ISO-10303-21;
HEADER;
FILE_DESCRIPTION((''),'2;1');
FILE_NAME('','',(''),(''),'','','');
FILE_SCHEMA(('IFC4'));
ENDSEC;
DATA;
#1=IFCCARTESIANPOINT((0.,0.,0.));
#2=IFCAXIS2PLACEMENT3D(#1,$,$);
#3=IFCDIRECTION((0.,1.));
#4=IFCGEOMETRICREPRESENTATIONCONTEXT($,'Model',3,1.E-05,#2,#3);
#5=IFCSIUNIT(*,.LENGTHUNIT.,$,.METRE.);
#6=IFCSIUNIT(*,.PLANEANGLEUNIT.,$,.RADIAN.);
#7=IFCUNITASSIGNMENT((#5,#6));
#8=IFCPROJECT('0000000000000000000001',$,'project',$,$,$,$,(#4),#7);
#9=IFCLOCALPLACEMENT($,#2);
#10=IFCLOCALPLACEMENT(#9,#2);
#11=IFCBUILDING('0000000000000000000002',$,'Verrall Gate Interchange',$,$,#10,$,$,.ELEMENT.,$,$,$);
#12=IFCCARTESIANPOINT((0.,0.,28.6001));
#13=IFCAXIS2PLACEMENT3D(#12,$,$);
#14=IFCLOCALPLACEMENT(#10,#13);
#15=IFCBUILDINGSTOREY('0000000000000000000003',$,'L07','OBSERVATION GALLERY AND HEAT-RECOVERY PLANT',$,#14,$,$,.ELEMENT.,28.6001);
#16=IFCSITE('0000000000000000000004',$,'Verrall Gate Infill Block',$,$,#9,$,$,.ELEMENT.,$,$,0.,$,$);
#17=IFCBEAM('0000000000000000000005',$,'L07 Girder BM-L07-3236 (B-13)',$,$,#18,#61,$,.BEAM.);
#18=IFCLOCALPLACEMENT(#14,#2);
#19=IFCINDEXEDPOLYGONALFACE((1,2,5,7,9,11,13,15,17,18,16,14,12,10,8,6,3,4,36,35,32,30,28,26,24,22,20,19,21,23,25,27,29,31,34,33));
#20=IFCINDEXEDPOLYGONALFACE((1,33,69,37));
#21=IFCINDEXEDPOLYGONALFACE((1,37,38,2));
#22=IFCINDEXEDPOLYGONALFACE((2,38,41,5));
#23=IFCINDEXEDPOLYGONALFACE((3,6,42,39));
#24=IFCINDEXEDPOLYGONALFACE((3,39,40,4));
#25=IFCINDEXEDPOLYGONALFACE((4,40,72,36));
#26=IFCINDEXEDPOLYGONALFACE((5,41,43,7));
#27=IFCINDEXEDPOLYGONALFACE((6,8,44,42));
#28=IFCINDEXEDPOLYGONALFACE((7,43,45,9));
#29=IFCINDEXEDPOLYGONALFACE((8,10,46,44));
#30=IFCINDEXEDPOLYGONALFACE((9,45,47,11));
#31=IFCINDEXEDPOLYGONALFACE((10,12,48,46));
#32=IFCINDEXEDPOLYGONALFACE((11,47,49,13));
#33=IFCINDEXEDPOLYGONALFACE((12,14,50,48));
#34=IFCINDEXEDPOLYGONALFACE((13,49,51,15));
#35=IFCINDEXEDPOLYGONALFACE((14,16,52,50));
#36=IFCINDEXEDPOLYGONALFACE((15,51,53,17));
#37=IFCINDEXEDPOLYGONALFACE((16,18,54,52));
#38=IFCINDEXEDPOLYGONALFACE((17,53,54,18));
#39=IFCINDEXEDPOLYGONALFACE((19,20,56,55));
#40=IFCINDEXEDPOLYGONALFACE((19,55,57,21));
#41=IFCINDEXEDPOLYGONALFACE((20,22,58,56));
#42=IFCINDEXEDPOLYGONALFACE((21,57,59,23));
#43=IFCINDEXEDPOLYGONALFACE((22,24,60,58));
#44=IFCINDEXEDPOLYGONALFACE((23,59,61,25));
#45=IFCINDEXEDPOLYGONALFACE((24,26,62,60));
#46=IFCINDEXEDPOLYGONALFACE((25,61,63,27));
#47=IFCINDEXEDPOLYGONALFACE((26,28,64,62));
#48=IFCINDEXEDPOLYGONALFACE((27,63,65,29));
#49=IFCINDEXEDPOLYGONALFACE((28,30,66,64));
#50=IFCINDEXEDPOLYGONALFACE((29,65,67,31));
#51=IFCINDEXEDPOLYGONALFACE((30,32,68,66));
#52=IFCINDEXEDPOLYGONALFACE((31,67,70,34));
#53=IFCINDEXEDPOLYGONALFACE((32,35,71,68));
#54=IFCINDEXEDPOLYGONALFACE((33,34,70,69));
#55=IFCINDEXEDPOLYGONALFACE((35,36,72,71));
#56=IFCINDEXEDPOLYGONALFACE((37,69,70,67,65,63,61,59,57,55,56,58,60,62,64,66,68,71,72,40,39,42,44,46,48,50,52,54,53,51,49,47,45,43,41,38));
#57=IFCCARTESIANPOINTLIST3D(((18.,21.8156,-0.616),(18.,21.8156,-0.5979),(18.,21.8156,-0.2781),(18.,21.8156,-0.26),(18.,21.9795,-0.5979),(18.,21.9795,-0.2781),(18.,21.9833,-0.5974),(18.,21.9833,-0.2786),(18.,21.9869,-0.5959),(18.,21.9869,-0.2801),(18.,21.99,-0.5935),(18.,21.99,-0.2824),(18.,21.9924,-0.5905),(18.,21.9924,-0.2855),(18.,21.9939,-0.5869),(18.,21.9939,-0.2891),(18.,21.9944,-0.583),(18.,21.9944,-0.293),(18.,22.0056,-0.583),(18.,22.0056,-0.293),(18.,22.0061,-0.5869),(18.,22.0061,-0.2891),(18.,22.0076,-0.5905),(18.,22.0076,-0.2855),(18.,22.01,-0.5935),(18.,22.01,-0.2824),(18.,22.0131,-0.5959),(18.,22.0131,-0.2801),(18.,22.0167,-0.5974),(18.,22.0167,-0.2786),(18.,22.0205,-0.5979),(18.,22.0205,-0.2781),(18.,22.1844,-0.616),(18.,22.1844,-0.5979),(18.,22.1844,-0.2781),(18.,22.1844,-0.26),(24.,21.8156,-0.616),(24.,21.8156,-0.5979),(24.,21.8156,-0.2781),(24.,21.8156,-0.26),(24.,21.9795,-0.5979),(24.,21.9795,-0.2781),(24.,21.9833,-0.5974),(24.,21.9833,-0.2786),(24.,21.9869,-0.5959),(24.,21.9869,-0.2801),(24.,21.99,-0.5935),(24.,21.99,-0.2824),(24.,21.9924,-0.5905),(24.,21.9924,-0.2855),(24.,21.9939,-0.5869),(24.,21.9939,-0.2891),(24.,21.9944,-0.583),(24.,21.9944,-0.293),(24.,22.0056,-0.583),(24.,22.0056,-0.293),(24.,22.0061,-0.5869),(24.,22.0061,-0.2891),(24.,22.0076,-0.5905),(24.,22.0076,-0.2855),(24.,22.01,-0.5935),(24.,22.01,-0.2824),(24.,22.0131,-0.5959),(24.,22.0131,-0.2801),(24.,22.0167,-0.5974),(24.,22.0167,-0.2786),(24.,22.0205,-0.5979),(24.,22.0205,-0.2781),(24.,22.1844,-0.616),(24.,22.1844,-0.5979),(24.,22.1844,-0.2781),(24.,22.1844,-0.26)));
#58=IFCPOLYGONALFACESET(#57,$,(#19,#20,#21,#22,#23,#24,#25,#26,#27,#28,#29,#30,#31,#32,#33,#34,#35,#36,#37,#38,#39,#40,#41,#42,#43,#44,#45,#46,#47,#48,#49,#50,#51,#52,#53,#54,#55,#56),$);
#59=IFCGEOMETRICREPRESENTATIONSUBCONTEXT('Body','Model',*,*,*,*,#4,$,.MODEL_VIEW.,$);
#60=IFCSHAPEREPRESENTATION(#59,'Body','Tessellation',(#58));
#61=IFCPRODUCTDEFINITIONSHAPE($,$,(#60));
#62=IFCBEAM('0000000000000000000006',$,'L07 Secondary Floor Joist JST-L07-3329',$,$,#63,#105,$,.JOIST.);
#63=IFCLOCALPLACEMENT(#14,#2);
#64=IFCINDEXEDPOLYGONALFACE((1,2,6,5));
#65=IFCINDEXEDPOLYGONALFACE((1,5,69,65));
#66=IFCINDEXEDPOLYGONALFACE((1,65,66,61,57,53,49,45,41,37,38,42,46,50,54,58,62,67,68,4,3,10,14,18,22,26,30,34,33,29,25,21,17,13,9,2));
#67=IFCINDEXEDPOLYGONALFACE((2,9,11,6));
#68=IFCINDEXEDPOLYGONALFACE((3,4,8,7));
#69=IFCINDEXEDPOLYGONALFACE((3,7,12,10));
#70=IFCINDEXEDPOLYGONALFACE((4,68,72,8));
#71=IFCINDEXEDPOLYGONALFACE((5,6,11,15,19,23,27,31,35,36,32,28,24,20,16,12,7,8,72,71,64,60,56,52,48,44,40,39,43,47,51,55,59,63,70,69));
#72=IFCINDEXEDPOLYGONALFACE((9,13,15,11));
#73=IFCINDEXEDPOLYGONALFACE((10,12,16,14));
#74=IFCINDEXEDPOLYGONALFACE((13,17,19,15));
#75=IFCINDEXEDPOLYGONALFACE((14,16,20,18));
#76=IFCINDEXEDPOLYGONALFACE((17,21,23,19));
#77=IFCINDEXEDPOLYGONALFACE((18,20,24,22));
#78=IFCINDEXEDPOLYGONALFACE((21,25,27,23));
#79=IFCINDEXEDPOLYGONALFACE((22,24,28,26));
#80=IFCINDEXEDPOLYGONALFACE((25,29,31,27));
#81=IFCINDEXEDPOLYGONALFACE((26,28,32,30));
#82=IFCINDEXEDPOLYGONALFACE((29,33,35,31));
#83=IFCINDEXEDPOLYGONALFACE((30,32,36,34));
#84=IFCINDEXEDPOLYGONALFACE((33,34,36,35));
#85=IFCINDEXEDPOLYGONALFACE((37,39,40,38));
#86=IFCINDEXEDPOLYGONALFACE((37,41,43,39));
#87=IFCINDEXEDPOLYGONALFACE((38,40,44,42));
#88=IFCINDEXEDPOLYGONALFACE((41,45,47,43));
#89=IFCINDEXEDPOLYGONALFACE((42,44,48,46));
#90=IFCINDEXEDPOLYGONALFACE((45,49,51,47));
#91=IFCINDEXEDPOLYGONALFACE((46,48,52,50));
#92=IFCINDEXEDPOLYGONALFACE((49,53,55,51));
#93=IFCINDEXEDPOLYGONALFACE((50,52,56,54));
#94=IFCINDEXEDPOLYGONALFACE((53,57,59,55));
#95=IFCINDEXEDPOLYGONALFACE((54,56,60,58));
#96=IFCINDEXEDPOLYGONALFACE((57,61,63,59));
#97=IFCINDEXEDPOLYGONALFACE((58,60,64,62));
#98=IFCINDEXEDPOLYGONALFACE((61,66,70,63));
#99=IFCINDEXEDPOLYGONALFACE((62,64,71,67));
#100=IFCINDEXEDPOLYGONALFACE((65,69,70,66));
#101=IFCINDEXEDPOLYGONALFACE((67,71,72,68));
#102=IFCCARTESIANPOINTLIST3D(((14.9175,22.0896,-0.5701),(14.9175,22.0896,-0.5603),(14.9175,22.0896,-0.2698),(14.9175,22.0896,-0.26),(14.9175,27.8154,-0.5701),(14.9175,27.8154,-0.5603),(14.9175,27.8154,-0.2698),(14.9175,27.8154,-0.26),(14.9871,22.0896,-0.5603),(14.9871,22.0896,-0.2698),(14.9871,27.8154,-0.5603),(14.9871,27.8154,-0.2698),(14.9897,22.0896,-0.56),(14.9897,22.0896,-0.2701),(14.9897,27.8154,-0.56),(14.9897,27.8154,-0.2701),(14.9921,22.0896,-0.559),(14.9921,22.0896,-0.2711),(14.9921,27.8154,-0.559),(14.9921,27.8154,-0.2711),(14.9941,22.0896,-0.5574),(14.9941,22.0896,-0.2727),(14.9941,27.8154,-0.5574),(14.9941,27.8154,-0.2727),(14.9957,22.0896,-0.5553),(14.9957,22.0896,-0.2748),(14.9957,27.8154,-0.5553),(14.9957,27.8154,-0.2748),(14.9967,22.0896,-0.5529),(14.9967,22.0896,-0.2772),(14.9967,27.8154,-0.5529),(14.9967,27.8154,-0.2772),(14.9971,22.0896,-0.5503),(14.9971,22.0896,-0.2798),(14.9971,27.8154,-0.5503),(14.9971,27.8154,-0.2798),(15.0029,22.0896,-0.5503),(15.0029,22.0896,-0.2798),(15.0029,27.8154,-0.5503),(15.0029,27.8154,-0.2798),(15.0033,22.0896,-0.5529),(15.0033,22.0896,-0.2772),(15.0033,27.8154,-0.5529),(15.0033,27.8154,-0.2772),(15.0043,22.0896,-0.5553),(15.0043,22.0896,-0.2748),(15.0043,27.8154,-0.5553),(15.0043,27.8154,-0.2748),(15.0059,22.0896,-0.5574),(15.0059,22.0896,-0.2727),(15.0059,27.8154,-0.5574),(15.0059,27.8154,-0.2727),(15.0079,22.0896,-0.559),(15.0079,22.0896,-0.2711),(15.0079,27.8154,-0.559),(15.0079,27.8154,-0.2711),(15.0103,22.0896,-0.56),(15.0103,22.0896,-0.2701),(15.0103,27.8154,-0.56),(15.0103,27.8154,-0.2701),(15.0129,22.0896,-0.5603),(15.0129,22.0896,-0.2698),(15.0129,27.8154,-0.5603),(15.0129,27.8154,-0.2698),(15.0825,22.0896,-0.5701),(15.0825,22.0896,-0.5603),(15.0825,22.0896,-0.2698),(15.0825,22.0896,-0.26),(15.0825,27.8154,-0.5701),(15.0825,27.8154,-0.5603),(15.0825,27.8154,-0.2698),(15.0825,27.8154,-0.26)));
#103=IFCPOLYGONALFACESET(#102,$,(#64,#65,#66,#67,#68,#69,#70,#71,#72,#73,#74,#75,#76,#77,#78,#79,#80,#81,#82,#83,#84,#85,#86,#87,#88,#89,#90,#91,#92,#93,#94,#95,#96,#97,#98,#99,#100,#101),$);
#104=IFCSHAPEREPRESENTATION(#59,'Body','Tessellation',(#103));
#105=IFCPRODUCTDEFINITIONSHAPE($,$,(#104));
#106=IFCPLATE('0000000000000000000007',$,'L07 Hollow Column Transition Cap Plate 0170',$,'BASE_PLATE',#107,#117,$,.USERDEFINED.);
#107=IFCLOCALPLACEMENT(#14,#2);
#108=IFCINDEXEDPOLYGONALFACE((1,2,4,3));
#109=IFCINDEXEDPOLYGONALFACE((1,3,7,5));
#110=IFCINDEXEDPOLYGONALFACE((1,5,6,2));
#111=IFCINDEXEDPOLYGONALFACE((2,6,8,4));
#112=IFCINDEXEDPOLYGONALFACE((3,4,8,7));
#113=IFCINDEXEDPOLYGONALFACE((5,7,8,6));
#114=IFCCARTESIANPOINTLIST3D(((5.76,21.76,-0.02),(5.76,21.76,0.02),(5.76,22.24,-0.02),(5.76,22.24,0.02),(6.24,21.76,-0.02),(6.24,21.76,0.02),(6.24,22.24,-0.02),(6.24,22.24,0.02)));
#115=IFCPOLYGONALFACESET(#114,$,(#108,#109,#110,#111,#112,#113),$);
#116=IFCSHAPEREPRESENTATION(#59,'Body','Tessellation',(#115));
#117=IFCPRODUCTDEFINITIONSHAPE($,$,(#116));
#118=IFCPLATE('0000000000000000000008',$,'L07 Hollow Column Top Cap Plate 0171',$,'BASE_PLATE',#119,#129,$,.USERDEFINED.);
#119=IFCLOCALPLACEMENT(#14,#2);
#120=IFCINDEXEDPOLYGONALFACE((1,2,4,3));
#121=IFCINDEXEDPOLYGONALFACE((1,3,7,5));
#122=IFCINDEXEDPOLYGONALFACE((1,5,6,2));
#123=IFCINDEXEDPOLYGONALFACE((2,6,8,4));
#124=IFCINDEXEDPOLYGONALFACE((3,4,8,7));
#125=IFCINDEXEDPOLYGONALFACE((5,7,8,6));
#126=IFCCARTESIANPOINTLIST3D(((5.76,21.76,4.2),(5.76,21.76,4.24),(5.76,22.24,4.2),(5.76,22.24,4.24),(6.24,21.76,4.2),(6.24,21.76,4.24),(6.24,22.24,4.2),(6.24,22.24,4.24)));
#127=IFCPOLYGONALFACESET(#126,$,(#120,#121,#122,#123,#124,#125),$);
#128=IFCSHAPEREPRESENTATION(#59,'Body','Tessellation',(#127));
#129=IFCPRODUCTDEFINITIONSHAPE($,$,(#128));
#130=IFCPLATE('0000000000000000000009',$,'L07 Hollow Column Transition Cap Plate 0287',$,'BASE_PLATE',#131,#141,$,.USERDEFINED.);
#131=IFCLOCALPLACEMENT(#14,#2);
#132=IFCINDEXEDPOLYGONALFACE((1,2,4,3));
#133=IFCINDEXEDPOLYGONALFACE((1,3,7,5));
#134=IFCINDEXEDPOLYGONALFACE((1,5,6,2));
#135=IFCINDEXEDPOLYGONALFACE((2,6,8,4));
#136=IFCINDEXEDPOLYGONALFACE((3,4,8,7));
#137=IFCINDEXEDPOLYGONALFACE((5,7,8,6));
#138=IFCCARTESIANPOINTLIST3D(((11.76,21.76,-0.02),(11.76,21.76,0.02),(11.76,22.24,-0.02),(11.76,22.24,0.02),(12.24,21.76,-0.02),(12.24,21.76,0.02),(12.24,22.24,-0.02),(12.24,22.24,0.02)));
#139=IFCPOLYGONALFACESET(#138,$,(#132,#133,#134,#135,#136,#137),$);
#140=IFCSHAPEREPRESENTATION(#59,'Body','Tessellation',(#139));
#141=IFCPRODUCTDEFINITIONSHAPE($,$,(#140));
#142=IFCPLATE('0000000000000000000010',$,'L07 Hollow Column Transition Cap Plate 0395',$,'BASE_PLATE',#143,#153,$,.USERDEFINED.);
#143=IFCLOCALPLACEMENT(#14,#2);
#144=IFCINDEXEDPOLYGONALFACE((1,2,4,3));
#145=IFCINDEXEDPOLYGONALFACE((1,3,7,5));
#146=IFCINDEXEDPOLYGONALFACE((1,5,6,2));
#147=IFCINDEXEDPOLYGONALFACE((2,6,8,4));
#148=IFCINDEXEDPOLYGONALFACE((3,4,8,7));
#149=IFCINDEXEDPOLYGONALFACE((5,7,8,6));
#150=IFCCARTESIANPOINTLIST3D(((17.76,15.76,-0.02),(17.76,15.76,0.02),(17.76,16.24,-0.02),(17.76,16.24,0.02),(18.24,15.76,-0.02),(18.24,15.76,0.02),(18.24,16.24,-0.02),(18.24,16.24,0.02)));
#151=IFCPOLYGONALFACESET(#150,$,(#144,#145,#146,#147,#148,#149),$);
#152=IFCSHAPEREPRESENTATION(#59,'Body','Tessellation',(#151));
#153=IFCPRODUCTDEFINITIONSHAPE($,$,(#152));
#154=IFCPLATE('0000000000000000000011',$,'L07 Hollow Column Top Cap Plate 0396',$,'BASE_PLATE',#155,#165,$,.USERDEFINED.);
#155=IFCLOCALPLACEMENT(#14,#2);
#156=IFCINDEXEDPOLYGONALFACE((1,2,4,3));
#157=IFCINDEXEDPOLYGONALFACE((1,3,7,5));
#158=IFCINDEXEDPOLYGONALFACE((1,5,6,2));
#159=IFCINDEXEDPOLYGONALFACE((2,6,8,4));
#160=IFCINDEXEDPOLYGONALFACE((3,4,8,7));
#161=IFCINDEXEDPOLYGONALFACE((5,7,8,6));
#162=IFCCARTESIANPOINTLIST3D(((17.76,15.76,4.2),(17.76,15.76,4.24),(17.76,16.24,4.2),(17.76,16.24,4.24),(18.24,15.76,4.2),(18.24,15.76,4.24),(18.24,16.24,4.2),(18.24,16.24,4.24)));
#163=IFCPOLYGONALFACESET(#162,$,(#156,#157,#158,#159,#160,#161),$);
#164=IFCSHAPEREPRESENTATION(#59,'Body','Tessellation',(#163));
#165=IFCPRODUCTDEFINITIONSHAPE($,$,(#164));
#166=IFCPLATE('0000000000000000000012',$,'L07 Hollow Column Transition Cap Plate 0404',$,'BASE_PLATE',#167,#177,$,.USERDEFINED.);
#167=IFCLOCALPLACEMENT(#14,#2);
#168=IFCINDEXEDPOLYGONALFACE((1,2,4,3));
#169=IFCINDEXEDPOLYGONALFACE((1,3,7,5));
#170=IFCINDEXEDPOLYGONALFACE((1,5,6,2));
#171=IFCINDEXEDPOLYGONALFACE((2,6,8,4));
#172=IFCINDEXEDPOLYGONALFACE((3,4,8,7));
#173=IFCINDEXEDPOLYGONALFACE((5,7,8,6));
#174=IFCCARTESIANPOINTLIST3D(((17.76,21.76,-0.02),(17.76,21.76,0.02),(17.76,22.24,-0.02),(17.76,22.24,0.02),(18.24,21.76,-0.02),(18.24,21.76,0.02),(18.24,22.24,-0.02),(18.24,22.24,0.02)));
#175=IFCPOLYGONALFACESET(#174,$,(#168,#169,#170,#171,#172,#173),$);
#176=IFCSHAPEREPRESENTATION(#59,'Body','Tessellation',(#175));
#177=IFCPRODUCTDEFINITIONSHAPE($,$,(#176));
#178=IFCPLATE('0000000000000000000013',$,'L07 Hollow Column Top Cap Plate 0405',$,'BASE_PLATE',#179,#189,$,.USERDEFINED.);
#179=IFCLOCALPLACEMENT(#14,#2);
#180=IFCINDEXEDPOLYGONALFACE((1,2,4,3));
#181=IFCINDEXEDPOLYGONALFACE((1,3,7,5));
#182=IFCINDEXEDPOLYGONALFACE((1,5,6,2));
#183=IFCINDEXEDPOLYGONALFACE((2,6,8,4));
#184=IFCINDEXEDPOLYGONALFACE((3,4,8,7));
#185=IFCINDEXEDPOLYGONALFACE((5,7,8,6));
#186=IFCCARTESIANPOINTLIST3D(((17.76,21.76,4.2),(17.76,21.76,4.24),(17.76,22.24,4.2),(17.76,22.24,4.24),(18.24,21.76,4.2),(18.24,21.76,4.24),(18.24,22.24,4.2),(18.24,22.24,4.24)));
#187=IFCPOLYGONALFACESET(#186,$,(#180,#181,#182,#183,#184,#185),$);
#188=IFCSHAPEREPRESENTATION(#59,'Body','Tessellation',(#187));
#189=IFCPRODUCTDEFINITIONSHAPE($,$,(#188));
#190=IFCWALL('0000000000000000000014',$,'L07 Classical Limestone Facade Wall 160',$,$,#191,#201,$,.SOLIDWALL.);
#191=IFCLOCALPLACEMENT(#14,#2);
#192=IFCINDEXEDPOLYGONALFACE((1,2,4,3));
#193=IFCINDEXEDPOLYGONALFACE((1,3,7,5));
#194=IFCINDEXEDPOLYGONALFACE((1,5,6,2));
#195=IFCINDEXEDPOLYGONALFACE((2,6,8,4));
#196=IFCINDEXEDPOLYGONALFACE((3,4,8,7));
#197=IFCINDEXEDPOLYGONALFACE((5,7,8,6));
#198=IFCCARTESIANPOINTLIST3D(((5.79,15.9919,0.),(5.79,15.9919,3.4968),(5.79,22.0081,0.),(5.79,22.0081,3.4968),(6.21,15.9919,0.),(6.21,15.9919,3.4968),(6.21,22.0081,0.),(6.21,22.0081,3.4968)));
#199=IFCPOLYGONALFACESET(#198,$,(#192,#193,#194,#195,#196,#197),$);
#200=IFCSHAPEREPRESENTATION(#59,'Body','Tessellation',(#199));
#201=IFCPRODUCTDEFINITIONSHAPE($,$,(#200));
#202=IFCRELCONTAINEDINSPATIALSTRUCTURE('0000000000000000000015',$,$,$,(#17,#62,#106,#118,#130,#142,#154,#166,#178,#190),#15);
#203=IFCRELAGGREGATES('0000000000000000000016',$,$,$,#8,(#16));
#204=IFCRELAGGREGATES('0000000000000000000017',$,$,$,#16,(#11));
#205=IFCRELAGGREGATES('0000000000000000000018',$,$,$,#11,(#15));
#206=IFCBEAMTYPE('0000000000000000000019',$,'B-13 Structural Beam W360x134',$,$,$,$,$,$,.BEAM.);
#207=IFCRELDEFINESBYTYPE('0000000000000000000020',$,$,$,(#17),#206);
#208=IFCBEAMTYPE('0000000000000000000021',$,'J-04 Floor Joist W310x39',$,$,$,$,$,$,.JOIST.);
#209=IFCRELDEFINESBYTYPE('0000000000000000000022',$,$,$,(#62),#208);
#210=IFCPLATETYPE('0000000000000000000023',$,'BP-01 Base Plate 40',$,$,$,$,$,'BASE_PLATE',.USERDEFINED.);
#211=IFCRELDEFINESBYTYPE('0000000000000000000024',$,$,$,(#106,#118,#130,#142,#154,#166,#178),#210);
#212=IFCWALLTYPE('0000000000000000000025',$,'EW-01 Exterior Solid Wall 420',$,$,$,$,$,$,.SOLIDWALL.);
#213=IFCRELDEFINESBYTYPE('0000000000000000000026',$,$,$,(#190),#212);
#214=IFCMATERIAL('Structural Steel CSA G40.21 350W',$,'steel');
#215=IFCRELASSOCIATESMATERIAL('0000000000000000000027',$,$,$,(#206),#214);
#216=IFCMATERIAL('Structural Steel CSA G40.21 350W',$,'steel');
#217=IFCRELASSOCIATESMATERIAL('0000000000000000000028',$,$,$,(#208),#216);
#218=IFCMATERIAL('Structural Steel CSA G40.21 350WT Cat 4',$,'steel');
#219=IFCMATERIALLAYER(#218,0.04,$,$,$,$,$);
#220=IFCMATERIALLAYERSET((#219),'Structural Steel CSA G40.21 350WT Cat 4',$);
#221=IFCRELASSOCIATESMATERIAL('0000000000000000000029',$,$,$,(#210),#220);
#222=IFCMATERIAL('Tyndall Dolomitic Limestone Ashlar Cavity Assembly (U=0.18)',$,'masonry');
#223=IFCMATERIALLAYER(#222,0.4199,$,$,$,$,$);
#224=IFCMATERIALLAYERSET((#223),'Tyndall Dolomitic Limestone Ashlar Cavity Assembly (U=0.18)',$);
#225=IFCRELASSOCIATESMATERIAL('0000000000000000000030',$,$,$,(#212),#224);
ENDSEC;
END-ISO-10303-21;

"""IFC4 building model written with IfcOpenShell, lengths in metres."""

from ifc_helpers import new_model, si_unit, direction, frame, frame_2d, origin, origin_2d, place, context, subcontext, project, spatial, rectangle, i_section, extrude, material, layer, layer_set, material_profile, profile_set, type_object, element, save


model = new_model("IFC4")

# Units and contexts
model_context = context("Model", 3, precision=1e-05, world=origin(), true_north=direction((0.0, 1.0)))
body_context = subcontext(model_context, "Body", "Model", "MODEL_VIEW")
ifc_project = project(units=[si_unit("LENGTHUNIT", "METRE"), si_unit("PLANEANGLEUNIT", "RADIAN")], contexts=[model_context])

# Site, building, storey
site_placement = place(None, origin())
site = spatial("IfcSite", under=ifc_project, at=site_placement, Name="Verrall Gate Infill Block", CompositionType="ELEMENT", RefElevation=0.0)
building_placement = place(site_placement, origin())
building = spatial("IfcBuilding", under=site, at=building_placement, Name="Verrall Gate Interchange", CompositionType="ELEMENT")
storey_placement = place(building_placement, frame((0.0, 0.0, 28.6001)))
storey = spatial("IfcBuildingStorey", under=building, at=storey_placement, Name="L07", Description="OBSERVATION GALLERY AND HEAT-RECOVERY PLANT", CompositionType="ELEMENT", Elevation=28.6001)

# Beams
ifc_material_1 = material(Name="Structural Steel CSA G40.21 350W", Category="steel")
ifc_material_profile_1 = material_profile(ifc_material_1, i_section(OverallWidth=0.3689, OverallDepth=0.356, WebThickness=0.0112, FlangeThickness=0.0181, FilletRadius=0.0149, at=origin_2d()), Name="W360x134")
ifc_profile_set_1 = profile_set([ifc_material_profile_1], Name="Structural Steel CSA G40.21 350W")
beam_type_1 = type_object("IfcBeamType", Name="B-13 Structural Beam W360x134", PredefinedType="BEAM", material=ifc_profile_set_1)
beam_1_placement = place(storey_placement, frame((18.0, 22.0, -0.438), z_axis=(1.0, 0.0, 0.0), x_axis=(0.0, 1.0, 0.0)))
element("IfcBeam", 1, at=beam_1_placement, inside=storey, type_object=beam_type_1, Name="L07 Girder BM-L07-3236 (B-13)", PredefinedType="BEAM", context=body_context, shape_type="SweptSolid", body=[
    extrude(i_section(OverallWidth=0.3689, OverallDepth=0.356, WebThickness=0.0112, FlangeThickness=0.0181, FilletRadius=0.0149, at=origin_2d()), origin(), (0.0, 0.0, 1.0), 6.0),
])
ifc_material_2 = material(Name="Structural Steel CSA G40.21 350W", Category="steel")
ifc_material_profile_2 = material_profile(ifc_material_2, i_section(OverallWidth=0.165, OverallDepth=0.3101, WebThickness=0.0059, FlangeThickness=0.0098, FilletRadius=0.01, at=origin_2d()), Name="W310x39")
ifc_profile_set_2 = profile_set([ifc_material_profile_2], Name="Structural Steel CSA G40.21 350W")
beam_type_2 = type_object("IfcBeamType", Name="J-04 Floor Joist W310x39", PredefinedType="JOIST", material=ifc_profile_set_2)
beam_2_placement = place(storey_placement, frame((15.0, 22.0896, -0.415), z_axis=(0.0, 1.0, 0.0), x_axis=(-1.0, 0.0, 0.0)))
element("IfcBeam", 2, at=beam_2_placement, inside=storey, type_object=beam_type_2, Name="L07 Secondary Floor Joist JST-L07-3329", PredefinedType="JOIST", context=body_context, shape_type="SweptSolid", body=[
    extrude(i_section(OverallWidth=0.165, OverallDepth=0.3101, WebThickness=0.0059, FlangeThickness=0.0098, FilletRadius=0.01, at=origin_2d()), origin(), (0.0, 0.0, 1.0), 5.7258),
])

# Plates
ifc_material_3 = material(Name="Structural Steel CSA G40.21 350WT Cat 4", Category="steel")
ifc_layer_1 = layer(ifc_material_3, 0.04)
ifc_layer_set_1 = layer_set([ifc_layer_1], Name="Structural Steel CSA G40.21 350WT Cat 4")
plate_type = type_object("IfcPlateType", Name="BP-01 Base Plate 40", ElementType="BASE_PLATE", PredefinedType="USERDEFINED", material=ifc_layer_set_1)
for number, where, z_axis, x_axis, name in (
    (3, (6.0, 22.0, -0.02), (0.0, 0.0, 1.0), (1.0, 0.0, 0.0), "L07 Hollow Column Transition Cap Plate 0170"),
    (4, (6.0, 22.0, 4.2), (0.0, 0.0, 1.0), (1.0, 0.0, 0.0), "L07 Hollow Column Top Cap Plate 0171"),
    (5, (12.0, 22.0, -0.02), (0.0, 0.0, 1.0), (1.0, 0.0, 0.0), "L07 Hollow Column Transition Cap Plate 0287"),
    (6, (18.0, 16.0, -0.02), (0.0, 0.0, 1.0), (1.0, 0.0, 0.0), "L07 Hollow Column Transition Cap Plate 0395"),
    (7, (18.0, 16.0, 4.2), (0.0, 0.0, 1.0), (1.0, 0.0, 0.0), "L07 Hollow Column Top Cap Plate 0396"),
    (8, (18.0, 22.0, -0.02), (0.0, 0.0, 1.0), (1.0, 0.0, 0.0), "L07 Hollow Column Transition Cap Plate 0404"),
    (9, (18.0, 22.0, 4.2), (0.0, 0.0, 1.0), (1.0, 0.0, 0.0), "L07 Hollow Column Top Cap Plate 0405"),
):
    element("IfcPlate", number, at=place(storey_placement, frame(where, z_axis=z_axis, x_axis=x_axis)), inside=storey, type_object=plate_type, Name=name, ObjectType="BASE_PLATE", PredefinedType="USERDEFINED", context=body_context, shape_type="SweptSolid", body=[
        extrude(rectangle(XDim=0.48, YDim=0.48, at=origin_2d()), origin(), (0.0, 0.0, 1.0), 0.04),
    ])

# Wall
ifc_material_4 = material(Name="Tyndall Dolomitic Limestone Ashlar Cavity Assembly (U=0.18)", Category="masonry")
ifc_layer_2 = layer(ifc_material_4, 0.4199)
ifc_layer_set_2 = layer_set([ifc_layer_2], Name="Tyndall Dolomitic Limestone Ashlar Cavity Assembly (U=0.18)")
wall_type_1 = type_object("IfcWallType", Name="EW-01 Exterior Solid Wall 420", PredefinedType="SOLIDWALL", material=ifc_layer_set_2)
wall_1_placement = place(storey_placement, frame((6.0, 22.0081, 0.0), z_axis=(0.0, 0.0, 1.0), x_axis=(0.0, -1.0, 0.0)))
element("IfcWall", 10, at=wall_1_placement, inside=storey, type_object=wall_type_1, Name="L07 Classical Limestone Facade Wall 160", PredefinedType="SOLIDWALL", context=body_context, shape_type="SweptSolid", body=[
    extrude(rectangle(XDim=6.0161, YDim=0.4199, at=frame_2d((3.0081, 0.0))), origin(), (0.0, 0.0, 1.0), 3.4968),
])

save(model, "model.ifc")
